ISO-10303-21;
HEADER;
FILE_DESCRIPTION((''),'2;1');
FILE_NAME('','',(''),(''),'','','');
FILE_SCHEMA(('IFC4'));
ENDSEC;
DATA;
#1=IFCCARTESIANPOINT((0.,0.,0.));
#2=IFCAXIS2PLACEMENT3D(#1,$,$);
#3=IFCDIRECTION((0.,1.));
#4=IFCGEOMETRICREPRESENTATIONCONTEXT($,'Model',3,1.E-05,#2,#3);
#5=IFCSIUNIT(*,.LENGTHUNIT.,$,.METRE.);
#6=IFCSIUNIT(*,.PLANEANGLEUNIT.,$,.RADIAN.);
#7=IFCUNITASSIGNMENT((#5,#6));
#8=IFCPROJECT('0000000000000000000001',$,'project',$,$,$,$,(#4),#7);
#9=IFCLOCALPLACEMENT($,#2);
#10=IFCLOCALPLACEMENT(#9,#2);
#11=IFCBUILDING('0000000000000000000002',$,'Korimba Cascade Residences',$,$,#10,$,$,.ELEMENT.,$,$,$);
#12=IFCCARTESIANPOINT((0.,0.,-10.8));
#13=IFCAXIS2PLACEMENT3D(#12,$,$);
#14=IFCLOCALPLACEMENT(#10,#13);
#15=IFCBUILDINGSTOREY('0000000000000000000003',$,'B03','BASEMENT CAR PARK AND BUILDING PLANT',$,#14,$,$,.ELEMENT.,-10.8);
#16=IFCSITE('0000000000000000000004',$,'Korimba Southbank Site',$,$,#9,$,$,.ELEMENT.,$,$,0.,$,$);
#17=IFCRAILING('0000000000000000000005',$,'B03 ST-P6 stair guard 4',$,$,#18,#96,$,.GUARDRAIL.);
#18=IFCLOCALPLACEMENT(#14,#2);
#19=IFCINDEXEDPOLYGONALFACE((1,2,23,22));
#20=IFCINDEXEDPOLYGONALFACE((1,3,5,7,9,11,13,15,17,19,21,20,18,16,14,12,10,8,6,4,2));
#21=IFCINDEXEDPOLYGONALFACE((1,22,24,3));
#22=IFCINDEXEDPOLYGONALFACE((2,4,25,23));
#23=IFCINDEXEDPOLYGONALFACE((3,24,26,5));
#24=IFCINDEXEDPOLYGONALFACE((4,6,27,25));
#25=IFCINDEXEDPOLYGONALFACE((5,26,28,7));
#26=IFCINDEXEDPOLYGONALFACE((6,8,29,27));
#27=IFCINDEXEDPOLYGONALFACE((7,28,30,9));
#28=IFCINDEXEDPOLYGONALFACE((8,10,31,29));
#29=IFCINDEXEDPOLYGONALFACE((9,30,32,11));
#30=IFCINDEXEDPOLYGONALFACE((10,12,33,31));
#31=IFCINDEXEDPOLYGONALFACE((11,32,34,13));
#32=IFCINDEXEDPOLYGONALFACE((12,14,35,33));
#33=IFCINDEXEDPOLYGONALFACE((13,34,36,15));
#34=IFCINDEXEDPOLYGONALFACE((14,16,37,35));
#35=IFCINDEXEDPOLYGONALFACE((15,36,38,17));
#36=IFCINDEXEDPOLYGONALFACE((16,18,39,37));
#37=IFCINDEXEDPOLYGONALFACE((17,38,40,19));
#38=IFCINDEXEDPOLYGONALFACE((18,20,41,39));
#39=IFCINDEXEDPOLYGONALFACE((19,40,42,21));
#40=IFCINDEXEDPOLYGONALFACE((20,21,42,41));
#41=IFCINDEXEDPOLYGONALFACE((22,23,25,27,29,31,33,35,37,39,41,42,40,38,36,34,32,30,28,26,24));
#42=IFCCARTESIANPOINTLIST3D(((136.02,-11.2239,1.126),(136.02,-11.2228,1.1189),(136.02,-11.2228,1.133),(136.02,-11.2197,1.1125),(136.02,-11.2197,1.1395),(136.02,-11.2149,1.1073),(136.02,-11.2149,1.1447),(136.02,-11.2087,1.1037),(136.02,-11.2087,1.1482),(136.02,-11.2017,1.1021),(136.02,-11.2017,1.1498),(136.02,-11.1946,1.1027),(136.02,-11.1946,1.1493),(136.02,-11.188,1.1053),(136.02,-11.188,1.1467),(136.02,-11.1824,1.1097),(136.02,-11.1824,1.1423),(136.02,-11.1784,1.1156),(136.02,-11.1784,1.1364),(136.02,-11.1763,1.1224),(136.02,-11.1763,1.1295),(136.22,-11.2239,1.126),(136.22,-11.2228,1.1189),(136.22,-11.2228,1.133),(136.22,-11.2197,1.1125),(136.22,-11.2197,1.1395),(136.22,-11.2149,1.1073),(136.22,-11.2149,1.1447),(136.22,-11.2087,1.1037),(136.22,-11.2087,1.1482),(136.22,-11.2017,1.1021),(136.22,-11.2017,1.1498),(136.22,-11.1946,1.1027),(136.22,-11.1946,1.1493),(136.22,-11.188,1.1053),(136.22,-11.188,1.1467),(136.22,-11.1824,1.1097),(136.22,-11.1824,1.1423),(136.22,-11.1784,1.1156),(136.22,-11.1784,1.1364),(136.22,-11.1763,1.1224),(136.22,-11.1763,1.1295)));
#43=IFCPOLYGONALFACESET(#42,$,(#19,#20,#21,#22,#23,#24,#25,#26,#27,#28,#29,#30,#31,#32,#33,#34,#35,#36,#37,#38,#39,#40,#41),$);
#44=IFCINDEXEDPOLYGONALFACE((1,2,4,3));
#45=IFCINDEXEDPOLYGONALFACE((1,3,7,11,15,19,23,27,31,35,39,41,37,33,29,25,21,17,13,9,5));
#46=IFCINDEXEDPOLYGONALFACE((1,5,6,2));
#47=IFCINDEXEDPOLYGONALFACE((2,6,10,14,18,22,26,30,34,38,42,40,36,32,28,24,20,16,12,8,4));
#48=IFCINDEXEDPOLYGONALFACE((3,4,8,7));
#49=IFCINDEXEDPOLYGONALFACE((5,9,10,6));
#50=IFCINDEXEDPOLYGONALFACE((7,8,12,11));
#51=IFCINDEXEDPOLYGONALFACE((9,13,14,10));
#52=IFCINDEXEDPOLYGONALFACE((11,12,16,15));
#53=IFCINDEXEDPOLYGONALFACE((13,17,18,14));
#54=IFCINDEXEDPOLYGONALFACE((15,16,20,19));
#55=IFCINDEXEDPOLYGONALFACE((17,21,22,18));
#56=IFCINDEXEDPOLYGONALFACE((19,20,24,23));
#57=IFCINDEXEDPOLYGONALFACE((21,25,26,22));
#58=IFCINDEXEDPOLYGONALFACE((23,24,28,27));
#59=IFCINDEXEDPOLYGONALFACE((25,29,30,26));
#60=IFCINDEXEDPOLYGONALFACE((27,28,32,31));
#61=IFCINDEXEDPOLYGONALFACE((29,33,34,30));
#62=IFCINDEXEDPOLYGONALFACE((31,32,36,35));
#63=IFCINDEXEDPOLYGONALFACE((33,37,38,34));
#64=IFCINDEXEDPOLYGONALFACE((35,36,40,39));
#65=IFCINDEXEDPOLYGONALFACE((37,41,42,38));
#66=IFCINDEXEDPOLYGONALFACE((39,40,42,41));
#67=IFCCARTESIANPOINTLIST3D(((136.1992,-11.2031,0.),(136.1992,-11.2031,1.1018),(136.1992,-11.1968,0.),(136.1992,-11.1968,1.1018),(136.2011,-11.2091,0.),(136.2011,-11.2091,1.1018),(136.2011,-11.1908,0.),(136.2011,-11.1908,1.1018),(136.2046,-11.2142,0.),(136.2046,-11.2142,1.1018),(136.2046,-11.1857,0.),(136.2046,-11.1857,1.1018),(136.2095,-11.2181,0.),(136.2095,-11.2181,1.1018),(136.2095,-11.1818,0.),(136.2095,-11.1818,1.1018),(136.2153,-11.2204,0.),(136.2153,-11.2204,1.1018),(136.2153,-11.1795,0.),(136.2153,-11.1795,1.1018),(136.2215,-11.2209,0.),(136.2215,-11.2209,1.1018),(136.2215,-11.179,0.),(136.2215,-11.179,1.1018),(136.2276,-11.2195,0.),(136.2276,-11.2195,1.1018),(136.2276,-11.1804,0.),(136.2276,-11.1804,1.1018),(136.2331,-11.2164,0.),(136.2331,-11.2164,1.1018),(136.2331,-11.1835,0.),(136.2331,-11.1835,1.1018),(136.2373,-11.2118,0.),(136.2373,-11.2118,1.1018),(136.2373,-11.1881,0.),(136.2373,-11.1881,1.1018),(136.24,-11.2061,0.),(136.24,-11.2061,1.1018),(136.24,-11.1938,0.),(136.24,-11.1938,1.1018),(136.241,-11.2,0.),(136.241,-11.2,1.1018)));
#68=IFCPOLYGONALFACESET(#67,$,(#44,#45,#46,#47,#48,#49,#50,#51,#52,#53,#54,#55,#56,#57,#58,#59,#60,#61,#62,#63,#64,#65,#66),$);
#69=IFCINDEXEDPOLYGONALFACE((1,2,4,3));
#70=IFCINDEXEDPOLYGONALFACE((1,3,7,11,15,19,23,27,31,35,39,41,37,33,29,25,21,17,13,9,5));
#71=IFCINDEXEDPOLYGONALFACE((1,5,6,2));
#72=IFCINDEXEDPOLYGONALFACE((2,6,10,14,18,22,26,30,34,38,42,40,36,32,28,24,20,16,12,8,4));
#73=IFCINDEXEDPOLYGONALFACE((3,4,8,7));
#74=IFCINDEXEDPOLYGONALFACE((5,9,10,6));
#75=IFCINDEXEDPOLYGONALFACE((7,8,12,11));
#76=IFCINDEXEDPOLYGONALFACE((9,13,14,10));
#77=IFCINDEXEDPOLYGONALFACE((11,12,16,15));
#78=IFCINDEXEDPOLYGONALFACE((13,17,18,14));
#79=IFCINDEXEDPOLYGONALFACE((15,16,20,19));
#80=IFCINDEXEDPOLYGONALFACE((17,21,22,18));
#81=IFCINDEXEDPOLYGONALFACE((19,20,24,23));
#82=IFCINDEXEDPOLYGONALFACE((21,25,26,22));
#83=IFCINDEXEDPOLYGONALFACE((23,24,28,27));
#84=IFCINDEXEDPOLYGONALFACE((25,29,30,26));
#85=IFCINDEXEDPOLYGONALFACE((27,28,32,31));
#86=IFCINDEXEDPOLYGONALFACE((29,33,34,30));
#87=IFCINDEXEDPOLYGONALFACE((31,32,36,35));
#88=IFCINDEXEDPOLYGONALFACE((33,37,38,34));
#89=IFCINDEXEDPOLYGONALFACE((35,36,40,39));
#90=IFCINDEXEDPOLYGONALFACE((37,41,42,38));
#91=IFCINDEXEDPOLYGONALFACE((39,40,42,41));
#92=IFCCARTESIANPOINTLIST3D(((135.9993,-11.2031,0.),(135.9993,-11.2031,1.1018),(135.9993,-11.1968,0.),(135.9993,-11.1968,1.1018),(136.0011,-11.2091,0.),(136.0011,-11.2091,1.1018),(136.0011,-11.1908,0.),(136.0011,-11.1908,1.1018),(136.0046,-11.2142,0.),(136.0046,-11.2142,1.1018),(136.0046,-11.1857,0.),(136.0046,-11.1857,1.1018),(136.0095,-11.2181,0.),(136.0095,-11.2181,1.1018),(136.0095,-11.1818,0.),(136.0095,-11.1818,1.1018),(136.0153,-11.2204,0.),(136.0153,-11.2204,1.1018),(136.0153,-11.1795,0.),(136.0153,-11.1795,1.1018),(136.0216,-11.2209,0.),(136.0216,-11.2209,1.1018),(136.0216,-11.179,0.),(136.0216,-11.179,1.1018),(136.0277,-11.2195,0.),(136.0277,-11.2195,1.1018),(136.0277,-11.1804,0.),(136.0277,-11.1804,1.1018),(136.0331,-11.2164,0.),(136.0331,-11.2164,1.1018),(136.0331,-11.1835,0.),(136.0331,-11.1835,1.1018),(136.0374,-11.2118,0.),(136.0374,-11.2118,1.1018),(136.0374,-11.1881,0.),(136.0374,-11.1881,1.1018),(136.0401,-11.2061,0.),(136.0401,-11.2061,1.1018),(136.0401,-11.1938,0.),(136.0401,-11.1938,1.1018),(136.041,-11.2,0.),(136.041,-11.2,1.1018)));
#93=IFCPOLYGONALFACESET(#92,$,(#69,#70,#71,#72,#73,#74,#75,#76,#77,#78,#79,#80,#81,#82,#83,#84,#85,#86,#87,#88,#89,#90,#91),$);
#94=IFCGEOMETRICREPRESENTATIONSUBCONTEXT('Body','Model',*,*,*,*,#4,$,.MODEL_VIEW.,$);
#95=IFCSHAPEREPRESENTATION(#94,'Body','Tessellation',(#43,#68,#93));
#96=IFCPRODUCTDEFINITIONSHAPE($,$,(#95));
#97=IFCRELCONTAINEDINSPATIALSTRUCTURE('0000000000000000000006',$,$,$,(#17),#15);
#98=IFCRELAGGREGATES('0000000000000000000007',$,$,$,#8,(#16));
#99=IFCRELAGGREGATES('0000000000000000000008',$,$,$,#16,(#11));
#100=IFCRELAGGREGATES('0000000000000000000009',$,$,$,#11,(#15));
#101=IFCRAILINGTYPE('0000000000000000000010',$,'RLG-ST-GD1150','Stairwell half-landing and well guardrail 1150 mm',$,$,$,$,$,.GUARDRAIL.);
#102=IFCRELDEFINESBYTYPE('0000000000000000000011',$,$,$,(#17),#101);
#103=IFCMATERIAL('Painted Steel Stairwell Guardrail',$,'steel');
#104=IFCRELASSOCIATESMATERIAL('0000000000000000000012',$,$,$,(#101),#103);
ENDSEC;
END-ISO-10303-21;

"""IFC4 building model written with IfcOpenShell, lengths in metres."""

from ifc_helpers import new_model, si_unit, direction, frame, origin, origin_2d, place, context, subcontext, project, spatial, circle, extrude, material, type_object, element, save


model = new_model("IFC4")

# Units and contexts
model_context = context("Model", 3, precision=1e-05, world=origin(), true_north=direction((0.0, 1.0)))
body_context = subcontext(model_context, "Body", "Model", "MODEL_VIEW")
ifc_project = project(units=[si_unit("LENGTHUNIT", "METRE"), si_unit("PLANEANGLEUNIT", "RADIAN")], contexts=[model_context])

# Site, building, storey
site_placement = place(None, origin())
site = spatial("IfcSite", under=ifc_project, at=site_placement, Name="Korimba Southbank Site", CompositionType="ELEMENT", RefElevation=0.0)
building_placement = place(site_placement, origin())
building = spatial("IfcBuilding", under=site, at=building_placement, Name="Korimba Cascade Residences", CompositionType="ELEMENT")
storey_placement = place(building_placement, frame((0.0, 0.0, -10.8)))
storey = spatial("IfcBuildingStorey", under=building, at=storey_placement, Name="B03", Description="BASEMENT CAR PARK AND BUILDING PLANT", CompositionType="ELEMENT", Elevation=-10.8)

# Railing
ifc_material_1 = material(Name="Painted Steel Stairwell Guardrail", Category="steel")
railing_type_1 = type_object("IfcRailingType", Name="RLG-ST-GD1150", Description="Stairwell half-landing and well guardrail 1150 mm", PredefinedType="GUARDRAIL", material=ifc_material_1)
railing_1_placement = place(storey_placement, frame((136.22, -11.2, 0.0)))
element("IfcRailing", 1, at=railing_1_placement, inside=storey, type_object=railing_type_1, Name="B03 ST-P6 stair guard 4", PredefinedType="GUARDRAIL", context=body_context, shape_type="SweptSolid", body=[
    extrude(circle(Radius=0.0239, at=origin_2d()), frame((0.0, 0.0, 1.126), z_axis=(-1.0, 0.0, 0.0), x_axis=(0.0, -1.0, 0.0)), (0.0, 0.0, 1.0), 0.2),
    extrude(circle(Radius=0.021, at=origin_2d()), origin(), (0.0, 0.0, 1.0), 1.1018),
    extrude(circle(Radius=0.021, at=origin_2d()), frame((-0.2, 0.0, 0.0)), (0.0, 0.0, 1.0), 1.1018),
])

save(model, "model.ifc")
